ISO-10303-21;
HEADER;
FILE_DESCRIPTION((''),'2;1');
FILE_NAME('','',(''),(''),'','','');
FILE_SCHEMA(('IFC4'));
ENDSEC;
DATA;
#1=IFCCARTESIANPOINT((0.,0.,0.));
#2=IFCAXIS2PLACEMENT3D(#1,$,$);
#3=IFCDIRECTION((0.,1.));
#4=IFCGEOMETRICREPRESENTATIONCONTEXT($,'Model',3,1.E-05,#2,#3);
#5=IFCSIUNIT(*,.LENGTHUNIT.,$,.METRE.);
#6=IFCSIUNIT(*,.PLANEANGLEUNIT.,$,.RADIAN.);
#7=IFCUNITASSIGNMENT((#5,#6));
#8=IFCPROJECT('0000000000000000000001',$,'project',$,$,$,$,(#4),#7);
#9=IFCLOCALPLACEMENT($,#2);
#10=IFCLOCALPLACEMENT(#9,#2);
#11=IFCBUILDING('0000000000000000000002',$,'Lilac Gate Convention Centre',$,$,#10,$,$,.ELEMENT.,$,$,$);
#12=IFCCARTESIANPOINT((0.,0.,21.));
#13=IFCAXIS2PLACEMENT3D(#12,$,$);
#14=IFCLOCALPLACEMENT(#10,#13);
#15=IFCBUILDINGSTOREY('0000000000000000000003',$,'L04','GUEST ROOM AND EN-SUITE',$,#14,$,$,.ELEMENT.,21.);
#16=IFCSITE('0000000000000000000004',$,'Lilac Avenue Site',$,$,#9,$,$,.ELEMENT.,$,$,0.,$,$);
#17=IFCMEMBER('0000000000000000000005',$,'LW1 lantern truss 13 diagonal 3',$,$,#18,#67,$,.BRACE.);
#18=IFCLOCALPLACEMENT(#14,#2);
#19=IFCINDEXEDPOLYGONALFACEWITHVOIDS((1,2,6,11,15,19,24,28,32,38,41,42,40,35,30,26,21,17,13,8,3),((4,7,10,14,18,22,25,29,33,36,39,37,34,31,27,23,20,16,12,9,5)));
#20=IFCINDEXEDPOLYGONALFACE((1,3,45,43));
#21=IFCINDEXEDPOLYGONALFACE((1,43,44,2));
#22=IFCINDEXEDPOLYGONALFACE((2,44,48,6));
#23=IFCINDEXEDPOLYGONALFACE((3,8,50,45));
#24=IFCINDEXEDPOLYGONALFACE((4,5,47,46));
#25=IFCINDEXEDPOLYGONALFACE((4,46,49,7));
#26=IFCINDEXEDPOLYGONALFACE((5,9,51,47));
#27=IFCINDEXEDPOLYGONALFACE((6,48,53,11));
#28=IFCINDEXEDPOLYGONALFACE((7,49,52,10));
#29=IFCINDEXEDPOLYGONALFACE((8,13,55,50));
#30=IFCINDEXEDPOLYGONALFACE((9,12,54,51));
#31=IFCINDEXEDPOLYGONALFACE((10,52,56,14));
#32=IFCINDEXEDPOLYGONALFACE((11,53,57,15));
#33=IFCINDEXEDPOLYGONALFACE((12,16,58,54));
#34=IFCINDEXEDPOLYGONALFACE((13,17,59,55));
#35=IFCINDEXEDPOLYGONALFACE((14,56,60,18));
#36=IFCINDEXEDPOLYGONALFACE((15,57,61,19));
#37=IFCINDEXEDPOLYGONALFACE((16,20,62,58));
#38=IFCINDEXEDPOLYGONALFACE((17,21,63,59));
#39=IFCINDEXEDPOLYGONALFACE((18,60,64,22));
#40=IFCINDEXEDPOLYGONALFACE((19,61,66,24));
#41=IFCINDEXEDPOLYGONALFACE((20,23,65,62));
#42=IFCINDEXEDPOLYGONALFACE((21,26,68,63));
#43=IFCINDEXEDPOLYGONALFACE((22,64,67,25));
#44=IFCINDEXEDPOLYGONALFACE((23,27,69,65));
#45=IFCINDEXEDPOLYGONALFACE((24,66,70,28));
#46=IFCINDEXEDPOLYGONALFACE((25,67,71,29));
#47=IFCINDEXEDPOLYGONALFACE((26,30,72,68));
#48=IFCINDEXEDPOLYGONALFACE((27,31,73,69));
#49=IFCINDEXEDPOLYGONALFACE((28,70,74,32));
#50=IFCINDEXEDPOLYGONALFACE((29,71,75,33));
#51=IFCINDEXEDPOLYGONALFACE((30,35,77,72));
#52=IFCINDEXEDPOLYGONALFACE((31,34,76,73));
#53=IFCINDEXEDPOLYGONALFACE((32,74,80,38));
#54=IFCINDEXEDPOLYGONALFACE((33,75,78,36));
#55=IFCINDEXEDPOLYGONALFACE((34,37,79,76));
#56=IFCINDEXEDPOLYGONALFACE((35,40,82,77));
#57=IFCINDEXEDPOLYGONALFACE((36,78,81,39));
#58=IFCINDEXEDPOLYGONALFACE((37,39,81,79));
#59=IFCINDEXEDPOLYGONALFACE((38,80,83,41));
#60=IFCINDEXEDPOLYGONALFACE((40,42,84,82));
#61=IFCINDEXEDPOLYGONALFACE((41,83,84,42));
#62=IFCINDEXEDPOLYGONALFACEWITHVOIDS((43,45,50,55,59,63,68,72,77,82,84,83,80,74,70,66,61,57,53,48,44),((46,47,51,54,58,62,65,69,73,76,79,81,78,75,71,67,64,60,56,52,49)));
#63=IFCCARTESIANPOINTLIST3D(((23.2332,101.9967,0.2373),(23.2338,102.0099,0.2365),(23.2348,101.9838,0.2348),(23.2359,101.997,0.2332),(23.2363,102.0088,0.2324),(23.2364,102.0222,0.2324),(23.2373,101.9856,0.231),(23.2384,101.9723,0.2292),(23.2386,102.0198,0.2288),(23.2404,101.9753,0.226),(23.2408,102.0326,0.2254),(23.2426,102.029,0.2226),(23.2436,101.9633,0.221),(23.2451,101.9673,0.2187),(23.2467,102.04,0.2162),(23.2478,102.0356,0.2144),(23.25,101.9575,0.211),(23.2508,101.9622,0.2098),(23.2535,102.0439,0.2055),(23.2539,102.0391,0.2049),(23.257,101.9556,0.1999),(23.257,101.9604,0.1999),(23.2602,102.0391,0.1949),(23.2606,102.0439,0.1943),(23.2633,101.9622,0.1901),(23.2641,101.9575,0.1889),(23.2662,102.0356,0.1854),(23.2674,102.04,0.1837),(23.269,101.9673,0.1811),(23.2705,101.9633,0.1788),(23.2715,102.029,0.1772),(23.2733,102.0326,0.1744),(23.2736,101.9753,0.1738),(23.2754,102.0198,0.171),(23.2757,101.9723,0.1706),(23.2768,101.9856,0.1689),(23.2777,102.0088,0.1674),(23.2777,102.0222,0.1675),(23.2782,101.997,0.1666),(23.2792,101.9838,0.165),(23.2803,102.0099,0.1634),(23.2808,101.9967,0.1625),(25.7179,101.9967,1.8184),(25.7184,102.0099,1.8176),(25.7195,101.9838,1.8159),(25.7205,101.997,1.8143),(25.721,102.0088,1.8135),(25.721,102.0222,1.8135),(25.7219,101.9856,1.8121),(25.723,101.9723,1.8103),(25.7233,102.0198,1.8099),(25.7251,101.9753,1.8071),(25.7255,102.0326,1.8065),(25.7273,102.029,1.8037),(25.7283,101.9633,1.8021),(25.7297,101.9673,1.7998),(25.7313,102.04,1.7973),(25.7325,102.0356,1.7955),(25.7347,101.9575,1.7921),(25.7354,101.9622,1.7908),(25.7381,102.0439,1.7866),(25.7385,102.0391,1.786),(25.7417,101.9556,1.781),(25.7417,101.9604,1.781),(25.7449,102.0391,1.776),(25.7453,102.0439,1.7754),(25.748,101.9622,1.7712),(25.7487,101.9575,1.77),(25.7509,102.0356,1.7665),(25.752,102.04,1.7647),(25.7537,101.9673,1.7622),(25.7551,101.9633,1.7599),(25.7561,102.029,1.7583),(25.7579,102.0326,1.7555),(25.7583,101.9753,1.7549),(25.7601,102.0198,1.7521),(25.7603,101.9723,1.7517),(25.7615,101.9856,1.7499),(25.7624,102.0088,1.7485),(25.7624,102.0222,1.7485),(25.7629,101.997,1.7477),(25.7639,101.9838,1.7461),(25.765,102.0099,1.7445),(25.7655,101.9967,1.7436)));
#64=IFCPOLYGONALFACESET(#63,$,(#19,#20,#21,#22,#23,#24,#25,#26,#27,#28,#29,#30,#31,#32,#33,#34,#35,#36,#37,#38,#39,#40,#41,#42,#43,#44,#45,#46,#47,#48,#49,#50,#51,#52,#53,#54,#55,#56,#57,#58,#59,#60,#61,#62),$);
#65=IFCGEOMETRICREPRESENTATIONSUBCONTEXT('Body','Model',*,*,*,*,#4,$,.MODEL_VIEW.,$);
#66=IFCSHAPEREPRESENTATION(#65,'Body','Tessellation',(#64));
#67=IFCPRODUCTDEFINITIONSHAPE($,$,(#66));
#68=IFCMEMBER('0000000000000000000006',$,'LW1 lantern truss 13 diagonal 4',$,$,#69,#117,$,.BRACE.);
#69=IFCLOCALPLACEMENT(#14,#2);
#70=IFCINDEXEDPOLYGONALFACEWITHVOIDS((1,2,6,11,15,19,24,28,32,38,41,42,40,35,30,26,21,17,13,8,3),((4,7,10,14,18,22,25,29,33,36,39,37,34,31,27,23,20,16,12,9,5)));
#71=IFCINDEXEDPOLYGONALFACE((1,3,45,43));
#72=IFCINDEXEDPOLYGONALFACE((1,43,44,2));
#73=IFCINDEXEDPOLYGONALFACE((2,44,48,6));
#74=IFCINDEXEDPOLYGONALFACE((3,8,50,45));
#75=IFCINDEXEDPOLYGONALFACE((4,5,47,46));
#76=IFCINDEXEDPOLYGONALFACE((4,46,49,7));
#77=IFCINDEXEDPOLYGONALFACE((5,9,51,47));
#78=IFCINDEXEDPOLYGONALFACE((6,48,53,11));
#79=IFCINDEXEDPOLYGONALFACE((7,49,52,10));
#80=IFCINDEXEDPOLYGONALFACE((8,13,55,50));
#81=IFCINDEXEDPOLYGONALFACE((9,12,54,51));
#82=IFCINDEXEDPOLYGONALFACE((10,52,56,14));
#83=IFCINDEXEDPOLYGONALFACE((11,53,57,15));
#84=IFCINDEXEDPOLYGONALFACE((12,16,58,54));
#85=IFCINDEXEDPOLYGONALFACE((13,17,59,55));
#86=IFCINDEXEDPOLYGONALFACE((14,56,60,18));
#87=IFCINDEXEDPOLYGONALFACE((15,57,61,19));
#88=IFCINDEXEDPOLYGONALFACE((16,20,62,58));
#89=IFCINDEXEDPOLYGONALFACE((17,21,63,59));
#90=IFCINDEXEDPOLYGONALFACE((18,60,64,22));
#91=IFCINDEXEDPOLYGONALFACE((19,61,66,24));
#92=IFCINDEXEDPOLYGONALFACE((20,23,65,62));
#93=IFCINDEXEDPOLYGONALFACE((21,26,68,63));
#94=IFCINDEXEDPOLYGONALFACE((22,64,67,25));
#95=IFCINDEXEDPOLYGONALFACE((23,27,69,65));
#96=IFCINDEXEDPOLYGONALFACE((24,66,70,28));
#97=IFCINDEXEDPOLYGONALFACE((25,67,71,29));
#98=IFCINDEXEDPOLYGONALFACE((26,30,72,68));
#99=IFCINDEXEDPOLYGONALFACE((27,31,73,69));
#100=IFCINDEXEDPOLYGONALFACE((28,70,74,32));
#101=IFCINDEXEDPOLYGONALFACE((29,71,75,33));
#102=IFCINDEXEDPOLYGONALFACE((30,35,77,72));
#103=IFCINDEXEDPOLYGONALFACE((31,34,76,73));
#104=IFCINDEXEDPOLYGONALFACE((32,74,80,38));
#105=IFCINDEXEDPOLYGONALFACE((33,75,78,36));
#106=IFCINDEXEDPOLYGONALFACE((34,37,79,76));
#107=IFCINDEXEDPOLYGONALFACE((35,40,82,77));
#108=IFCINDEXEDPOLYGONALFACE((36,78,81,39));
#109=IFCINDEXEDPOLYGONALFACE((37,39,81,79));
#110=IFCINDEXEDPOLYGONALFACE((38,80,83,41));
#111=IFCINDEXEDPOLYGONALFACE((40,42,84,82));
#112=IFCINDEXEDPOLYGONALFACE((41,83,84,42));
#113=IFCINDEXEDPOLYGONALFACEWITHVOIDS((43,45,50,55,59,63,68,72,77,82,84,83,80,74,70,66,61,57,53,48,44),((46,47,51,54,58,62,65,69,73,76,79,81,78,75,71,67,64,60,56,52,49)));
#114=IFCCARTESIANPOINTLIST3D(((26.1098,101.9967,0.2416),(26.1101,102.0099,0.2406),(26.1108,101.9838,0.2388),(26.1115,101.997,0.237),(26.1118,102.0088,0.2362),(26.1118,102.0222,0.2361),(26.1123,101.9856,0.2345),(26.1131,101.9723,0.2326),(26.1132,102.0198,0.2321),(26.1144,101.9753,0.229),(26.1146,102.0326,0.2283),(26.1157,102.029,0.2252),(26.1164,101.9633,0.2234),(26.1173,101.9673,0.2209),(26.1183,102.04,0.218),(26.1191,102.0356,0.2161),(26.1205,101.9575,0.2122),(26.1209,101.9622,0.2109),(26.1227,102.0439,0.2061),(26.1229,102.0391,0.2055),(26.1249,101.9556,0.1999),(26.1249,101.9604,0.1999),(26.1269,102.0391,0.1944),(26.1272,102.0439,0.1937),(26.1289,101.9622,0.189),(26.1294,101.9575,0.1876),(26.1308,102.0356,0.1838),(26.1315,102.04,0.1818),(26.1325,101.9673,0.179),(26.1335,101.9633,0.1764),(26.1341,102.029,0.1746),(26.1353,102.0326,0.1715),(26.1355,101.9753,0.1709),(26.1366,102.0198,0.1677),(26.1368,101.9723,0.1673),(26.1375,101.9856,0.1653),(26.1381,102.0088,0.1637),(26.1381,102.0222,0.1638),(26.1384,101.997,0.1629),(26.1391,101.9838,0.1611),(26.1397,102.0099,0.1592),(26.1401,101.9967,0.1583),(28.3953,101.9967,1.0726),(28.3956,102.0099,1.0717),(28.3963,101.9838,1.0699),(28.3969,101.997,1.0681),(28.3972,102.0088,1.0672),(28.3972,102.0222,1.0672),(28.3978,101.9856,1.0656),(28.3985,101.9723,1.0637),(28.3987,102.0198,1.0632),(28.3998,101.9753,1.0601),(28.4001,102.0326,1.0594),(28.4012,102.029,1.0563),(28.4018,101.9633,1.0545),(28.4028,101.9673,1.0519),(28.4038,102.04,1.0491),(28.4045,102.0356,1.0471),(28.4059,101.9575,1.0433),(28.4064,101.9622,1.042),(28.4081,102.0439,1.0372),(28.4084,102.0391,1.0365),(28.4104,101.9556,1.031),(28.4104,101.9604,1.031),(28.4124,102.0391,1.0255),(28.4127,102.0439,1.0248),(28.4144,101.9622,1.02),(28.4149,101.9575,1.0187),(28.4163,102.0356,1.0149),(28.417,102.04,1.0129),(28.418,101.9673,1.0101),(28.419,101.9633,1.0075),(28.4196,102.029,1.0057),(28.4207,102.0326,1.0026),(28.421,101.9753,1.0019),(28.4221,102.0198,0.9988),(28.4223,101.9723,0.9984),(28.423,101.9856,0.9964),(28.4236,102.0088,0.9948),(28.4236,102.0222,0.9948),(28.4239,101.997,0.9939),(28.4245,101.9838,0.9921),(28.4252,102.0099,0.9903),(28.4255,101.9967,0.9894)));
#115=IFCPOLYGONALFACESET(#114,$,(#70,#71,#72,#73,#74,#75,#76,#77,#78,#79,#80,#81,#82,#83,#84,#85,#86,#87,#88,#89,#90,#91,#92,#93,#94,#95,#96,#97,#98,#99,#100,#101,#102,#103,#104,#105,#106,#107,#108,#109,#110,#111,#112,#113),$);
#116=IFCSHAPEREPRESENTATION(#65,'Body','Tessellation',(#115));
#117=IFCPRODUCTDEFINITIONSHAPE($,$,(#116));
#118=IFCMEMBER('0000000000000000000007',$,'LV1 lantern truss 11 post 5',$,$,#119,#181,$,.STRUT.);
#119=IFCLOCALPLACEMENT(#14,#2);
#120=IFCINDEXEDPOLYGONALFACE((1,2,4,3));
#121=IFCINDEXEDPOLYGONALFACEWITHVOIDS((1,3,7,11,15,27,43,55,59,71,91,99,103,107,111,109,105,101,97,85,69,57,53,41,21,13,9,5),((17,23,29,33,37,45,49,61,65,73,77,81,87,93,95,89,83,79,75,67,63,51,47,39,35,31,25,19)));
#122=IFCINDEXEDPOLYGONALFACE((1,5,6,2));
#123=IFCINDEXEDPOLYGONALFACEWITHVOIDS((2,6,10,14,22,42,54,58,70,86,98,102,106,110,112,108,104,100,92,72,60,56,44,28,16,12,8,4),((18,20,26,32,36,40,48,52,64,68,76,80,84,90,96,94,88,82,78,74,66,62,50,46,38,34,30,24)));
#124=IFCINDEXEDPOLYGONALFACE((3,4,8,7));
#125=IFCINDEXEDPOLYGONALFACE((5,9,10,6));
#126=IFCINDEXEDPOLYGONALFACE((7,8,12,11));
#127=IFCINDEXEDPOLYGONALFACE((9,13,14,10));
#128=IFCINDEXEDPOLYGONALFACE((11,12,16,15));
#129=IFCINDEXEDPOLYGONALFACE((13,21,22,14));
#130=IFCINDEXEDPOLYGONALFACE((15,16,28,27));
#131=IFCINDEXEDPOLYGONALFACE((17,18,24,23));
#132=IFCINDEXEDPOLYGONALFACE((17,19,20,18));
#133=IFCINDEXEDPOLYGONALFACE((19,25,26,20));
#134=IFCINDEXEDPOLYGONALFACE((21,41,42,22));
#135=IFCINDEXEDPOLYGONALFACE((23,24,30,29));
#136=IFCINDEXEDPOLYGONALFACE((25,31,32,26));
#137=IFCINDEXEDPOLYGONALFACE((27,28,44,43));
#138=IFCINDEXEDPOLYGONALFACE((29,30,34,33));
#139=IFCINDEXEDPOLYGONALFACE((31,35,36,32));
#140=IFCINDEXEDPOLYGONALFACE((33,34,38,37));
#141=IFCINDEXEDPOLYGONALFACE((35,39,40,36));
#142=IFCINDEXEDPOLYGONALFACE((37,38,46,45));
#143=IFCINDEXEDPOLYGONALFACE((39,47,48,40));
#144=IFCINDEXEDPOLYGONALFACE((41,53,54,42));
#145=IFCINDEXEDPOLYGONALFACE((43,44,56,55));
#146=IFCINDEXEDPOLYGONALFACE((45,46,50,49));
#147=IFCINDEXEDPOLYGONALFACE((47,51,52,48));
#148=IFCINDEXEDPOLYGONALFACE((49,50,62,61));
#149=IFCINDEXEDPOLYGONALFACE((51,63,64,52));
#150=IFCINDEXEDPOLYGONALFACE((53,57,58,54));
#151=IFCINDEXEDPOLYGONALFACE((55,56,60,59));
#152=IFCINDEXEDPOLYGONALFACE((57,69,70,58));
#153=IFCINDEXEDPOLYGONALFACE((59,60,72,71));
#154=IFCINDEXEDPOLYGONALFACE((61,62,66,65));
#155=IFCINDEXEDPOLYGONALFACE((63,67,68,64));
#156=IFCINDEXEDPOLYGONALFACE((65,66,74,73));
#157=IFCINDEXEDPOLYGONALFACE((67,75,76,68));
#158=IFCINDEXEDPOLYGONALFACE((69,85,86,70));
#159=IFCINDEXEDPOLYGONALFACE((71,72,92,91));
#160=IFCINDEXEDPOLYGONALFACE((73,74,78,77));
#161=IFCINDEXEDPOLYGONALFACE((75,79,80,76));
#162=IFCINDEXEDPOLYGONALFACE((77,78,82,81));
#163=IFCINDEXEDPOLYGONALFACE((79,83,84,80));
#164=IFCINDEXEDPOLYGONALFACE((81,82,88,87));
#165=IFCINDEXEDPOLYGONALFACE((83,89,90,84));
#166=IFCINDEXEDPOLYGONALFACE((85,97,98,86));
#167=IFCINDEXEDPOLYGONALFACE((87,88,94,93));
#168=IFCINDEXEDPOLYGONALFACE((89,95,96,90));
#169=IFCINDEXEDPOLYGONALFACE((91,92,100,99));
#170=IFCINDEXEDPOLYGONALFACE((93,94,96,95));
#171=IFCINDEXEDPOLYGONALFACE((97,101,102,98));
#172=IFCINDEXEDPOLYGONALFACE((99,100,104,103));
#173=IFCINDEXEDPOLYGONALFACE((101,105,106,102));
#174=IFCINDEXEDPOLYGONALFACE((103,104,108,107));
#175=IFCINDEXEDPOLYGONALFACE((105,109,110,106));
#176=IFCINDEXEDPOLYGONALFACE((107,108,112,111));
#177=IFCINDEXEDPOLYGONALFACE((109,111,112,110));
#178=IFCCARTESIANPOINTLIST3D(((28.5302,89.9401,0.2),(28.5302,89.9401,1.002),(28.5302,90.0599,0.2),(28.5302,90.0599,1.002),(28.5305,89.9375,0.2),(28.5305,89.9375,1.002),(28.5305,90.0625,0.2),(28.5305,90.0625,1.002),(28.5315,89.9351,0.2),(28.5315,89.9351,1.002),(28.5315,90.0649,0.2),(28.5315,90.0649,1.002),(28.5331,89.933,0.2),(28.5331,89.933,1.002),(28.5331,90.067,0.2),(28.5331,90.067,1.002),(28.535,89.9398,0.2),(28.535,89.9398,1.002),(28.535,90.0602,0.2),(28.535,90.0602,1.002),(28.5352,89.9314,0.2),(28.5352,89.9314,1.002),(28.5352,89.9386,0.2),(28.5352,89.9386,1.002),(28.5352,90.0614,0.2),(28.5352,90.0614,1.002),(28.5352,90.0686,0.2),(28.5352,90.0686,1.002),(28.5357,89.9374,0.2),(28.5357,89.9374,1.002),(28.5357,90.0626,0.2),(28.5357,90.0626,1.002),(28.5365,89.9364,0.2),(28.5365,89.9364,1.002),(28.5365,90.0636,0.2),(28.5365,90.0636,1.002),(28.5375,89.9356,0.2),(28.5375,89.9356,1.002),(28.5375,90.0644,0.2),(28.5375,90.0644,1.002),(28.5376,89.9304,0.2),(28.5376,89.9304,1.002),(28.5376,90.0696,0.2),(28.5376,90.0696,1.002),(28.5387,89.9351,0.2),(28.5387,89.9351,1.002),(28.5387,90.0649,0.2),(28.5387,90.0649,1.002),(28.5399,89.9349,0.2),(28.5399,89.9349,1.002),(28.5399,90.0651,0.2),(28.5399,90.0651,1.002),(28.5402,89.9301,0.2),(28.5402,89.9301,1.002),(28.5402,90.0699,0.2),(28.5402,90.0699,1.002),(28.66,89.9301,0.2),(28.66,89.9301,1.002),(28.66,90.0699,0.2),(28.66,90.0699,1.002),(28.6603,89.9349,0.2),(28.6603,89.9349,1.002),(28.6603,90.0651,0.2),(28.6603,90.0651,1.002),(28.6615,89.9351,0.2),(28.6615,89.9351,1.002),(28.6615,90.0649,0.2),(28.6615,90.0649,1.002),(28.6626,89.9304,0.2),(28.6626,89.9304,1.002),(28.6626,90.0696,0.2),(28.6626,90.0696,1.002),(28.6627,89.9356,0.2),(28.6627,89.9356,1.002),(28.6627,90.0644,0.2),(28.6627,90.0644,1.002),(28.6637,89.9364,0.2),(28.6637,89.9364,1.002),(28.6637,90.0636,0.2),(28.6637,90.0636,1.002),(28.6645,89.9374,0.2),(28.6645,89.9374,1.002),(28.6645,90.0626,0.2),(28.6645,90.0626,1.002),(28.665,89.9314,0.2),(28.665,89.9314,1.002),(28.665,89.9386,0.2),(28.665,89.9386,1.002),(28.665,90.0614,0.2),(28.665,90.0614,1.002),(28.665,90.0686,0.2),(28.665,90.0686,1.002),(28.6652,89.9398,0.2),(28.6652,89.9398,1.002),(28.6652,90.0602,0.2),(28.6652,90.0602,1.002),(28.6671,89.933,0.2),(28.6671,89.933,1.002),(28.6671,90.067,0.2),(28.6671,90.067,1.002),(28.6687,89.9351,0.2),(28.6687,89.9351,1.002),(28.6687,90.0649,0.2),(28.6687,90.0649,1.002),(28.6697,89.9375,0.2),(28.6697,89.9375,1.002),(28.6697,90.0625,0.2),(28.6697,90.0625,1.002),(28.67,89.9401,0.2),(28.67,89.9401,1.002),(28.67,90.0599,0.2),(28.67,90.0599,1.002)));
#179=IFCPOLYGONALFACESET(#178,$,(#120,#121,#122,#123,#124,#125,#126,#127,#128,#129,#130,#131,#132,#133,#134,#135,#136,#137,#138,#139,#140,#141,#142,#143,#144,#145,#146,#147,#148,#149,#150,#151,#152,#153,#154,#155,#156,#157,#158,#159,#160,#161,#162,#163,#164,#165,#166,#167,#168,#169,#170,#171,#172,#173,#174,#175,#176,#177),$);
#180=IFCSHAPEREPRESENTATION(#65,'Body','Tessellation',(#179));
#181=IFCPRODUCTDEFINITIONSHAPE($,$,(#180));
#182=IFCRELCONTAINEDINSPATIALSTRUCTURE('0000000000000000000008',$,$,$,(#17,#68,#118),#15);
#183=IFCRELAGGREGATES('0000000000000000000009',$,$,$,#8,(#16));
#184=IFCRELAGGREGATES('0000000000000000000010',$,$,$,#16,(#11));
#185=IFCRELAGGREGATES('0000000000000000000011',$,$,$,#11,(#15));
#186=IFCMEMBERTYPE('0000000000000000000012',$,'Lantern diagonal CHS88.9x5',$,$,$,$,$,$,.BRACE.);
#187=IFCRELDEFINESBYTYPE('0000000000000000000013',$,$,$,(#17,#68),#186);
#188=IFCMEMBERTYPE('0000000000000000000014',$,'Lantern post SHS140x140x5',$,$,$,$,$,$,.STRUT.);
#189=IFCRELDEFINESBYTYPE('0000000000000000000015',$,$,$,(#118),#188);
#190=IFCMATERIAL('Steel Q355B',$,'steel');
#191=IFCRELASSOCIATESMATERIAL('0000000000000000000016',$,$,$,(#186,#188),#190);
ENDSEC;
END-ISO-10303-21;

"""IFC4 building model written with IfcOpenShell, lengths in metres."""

from ifc_helpers import new_model, si_unit, direction, frame, origin, origin_2d, place, context, subcontext, project, spatial, hollow_rectangle, hollow_circle, extrude, material, material_profile, profile_set, type_object, element, save


model = new_model("IFC4")

# Units and contexts
model_context = context("Model", 3, precision=1e-05, world=origin(), true_north=direction((0.0, 1.0)))
body_context = subcontext(model_context, "Body", "Model", "MODEL_VIEW")
ifc_project = project(units=[si_unit("LENGTHUNIT", "METRE"), si_unit("PLANEANGLEUNIT", "RADIAN")], contexts=[model_context])

# Site, building, storey
site_placement = place(None, origin())
site = spatial("IfcSite", under=ifc_project, at=site_placement, Name="Lilac Avenue Site", CompositionType="ELEMENT", RefElevation=0.0)
building_placement = place(site_placement, origin())
building = spatial("IfcBuilding", under=site, at=building_placement, Name="Lilac Gate Convention Centre", CompositionType="ELEMENT")
storey_placement = place(building_placement, frame((0.0, 0.0, 21.0)))
storey = spatial("IfcBuildingStorey", under=building, at=storey_placement, Name="L04", Description="GUEST ROOM AND EN-SUITE", CompositionType="ELEMENT", Elevation=21.0)

# Members
ifc_material_1 = material(Name="Steel Q355B", Category="steel")
ifc_material_profile_1 = material_profile(ifc_material_1, hollow_circle(Radius=0.0444, WallThickness=0.0049, at=origin_2d()), Name="CHS88.9x5")
ifc_profile_set_1 = profile_set([ifc_material_profile_1], Name="Steel Q355B")
member_type_1 = type_object("IfcMemberType", Name="Lantern diagonal CHS88.9x5", PredefinedType="BRACE", material=ifc_profile_set_1)
member_1_placement = place(storey_placement, frame((25.7417, 102.0, 1.781), z_axis=(-0.843672, 0.0, -0.536859), x_axis=(0.0, -1.0, 0.0)))
element("IfcMember", 1, at=member_1_placement, inside=storey, type_object=member_type_1, Name="LW1 lantern truss 13 diagonal 3", PredefinedType="BRACE", context=body_context, shape_type="SweptSolid", body=[
    extrude(hollow_circle(Radius=0.0444, WallThickness=0.0049, at=origin_2d()), origin(), (0.0, 0.0, 1.0), 2.9451),
])
member_2_placement = place(storey_placement, frame((28.4104, 102.0, 1.031), z_axis=(-0.939793, 0.0, -0.341743), x_axis=(0.0, -1.0, 0.0)))
element("IfcMember", 2, at=member_2_placement, inside=storey, type_object=member_type_1, Name="LW1 lantern truss 13 diagonal 4", PredefinedType="BRACE", context=body_context, shape_type="SweptSolid", body=[
    extrude(hollow_circle(Radius=0.0444, WallThickness=0.0049, at=origin_2d()), origin(), (0.0, 0.0, 1.0), 2.4319),
])
ifc_material_profile_2 = material_profile(ifc_material_1, hollow_rectangle(XDim=0.1399, YDim=0.1399, WallThickness=0.0049, InnerFilletRadius=0.0049, OuterFilletRadius=0.01, at=origin_2d()), Name="SHS140x140x5")
ifc_profile_set_2 = profile_set([ifc_material_profile_2], Name="Steel Q355B")
member_type_2 = type_object("IfcMemberType", Name="Lantern post SHS140x140x5", PredefinedType="STRUT", material=ifc_profile_set_2)
member_3_placement = place(storey_placement, frame((28.6001, 90.0, 0.2), z_axis=(0.0, 0.0, 1.0), x_axis=(1.0, 0.0, 0.0)))
element("IfcMember", 3, at=member_3_placement, inside=storey, type_object=member_type_2, Name="LV1 lantern truss 11 post 5", PredefinedType="STRUT", context=body_context, shape_type="SweptSolid", body=[
    extrude(hollow_rectangle(XDim=0.1399, YDim=0.1399, WallThickness=0.0049, InnerFilletRadius=0.0049, OuterFilletRadius=0.01, at=origin_2d()), origin(), (0.0, 0.0, 1.0), 0.802),
])

save(model, "model.ifc")
